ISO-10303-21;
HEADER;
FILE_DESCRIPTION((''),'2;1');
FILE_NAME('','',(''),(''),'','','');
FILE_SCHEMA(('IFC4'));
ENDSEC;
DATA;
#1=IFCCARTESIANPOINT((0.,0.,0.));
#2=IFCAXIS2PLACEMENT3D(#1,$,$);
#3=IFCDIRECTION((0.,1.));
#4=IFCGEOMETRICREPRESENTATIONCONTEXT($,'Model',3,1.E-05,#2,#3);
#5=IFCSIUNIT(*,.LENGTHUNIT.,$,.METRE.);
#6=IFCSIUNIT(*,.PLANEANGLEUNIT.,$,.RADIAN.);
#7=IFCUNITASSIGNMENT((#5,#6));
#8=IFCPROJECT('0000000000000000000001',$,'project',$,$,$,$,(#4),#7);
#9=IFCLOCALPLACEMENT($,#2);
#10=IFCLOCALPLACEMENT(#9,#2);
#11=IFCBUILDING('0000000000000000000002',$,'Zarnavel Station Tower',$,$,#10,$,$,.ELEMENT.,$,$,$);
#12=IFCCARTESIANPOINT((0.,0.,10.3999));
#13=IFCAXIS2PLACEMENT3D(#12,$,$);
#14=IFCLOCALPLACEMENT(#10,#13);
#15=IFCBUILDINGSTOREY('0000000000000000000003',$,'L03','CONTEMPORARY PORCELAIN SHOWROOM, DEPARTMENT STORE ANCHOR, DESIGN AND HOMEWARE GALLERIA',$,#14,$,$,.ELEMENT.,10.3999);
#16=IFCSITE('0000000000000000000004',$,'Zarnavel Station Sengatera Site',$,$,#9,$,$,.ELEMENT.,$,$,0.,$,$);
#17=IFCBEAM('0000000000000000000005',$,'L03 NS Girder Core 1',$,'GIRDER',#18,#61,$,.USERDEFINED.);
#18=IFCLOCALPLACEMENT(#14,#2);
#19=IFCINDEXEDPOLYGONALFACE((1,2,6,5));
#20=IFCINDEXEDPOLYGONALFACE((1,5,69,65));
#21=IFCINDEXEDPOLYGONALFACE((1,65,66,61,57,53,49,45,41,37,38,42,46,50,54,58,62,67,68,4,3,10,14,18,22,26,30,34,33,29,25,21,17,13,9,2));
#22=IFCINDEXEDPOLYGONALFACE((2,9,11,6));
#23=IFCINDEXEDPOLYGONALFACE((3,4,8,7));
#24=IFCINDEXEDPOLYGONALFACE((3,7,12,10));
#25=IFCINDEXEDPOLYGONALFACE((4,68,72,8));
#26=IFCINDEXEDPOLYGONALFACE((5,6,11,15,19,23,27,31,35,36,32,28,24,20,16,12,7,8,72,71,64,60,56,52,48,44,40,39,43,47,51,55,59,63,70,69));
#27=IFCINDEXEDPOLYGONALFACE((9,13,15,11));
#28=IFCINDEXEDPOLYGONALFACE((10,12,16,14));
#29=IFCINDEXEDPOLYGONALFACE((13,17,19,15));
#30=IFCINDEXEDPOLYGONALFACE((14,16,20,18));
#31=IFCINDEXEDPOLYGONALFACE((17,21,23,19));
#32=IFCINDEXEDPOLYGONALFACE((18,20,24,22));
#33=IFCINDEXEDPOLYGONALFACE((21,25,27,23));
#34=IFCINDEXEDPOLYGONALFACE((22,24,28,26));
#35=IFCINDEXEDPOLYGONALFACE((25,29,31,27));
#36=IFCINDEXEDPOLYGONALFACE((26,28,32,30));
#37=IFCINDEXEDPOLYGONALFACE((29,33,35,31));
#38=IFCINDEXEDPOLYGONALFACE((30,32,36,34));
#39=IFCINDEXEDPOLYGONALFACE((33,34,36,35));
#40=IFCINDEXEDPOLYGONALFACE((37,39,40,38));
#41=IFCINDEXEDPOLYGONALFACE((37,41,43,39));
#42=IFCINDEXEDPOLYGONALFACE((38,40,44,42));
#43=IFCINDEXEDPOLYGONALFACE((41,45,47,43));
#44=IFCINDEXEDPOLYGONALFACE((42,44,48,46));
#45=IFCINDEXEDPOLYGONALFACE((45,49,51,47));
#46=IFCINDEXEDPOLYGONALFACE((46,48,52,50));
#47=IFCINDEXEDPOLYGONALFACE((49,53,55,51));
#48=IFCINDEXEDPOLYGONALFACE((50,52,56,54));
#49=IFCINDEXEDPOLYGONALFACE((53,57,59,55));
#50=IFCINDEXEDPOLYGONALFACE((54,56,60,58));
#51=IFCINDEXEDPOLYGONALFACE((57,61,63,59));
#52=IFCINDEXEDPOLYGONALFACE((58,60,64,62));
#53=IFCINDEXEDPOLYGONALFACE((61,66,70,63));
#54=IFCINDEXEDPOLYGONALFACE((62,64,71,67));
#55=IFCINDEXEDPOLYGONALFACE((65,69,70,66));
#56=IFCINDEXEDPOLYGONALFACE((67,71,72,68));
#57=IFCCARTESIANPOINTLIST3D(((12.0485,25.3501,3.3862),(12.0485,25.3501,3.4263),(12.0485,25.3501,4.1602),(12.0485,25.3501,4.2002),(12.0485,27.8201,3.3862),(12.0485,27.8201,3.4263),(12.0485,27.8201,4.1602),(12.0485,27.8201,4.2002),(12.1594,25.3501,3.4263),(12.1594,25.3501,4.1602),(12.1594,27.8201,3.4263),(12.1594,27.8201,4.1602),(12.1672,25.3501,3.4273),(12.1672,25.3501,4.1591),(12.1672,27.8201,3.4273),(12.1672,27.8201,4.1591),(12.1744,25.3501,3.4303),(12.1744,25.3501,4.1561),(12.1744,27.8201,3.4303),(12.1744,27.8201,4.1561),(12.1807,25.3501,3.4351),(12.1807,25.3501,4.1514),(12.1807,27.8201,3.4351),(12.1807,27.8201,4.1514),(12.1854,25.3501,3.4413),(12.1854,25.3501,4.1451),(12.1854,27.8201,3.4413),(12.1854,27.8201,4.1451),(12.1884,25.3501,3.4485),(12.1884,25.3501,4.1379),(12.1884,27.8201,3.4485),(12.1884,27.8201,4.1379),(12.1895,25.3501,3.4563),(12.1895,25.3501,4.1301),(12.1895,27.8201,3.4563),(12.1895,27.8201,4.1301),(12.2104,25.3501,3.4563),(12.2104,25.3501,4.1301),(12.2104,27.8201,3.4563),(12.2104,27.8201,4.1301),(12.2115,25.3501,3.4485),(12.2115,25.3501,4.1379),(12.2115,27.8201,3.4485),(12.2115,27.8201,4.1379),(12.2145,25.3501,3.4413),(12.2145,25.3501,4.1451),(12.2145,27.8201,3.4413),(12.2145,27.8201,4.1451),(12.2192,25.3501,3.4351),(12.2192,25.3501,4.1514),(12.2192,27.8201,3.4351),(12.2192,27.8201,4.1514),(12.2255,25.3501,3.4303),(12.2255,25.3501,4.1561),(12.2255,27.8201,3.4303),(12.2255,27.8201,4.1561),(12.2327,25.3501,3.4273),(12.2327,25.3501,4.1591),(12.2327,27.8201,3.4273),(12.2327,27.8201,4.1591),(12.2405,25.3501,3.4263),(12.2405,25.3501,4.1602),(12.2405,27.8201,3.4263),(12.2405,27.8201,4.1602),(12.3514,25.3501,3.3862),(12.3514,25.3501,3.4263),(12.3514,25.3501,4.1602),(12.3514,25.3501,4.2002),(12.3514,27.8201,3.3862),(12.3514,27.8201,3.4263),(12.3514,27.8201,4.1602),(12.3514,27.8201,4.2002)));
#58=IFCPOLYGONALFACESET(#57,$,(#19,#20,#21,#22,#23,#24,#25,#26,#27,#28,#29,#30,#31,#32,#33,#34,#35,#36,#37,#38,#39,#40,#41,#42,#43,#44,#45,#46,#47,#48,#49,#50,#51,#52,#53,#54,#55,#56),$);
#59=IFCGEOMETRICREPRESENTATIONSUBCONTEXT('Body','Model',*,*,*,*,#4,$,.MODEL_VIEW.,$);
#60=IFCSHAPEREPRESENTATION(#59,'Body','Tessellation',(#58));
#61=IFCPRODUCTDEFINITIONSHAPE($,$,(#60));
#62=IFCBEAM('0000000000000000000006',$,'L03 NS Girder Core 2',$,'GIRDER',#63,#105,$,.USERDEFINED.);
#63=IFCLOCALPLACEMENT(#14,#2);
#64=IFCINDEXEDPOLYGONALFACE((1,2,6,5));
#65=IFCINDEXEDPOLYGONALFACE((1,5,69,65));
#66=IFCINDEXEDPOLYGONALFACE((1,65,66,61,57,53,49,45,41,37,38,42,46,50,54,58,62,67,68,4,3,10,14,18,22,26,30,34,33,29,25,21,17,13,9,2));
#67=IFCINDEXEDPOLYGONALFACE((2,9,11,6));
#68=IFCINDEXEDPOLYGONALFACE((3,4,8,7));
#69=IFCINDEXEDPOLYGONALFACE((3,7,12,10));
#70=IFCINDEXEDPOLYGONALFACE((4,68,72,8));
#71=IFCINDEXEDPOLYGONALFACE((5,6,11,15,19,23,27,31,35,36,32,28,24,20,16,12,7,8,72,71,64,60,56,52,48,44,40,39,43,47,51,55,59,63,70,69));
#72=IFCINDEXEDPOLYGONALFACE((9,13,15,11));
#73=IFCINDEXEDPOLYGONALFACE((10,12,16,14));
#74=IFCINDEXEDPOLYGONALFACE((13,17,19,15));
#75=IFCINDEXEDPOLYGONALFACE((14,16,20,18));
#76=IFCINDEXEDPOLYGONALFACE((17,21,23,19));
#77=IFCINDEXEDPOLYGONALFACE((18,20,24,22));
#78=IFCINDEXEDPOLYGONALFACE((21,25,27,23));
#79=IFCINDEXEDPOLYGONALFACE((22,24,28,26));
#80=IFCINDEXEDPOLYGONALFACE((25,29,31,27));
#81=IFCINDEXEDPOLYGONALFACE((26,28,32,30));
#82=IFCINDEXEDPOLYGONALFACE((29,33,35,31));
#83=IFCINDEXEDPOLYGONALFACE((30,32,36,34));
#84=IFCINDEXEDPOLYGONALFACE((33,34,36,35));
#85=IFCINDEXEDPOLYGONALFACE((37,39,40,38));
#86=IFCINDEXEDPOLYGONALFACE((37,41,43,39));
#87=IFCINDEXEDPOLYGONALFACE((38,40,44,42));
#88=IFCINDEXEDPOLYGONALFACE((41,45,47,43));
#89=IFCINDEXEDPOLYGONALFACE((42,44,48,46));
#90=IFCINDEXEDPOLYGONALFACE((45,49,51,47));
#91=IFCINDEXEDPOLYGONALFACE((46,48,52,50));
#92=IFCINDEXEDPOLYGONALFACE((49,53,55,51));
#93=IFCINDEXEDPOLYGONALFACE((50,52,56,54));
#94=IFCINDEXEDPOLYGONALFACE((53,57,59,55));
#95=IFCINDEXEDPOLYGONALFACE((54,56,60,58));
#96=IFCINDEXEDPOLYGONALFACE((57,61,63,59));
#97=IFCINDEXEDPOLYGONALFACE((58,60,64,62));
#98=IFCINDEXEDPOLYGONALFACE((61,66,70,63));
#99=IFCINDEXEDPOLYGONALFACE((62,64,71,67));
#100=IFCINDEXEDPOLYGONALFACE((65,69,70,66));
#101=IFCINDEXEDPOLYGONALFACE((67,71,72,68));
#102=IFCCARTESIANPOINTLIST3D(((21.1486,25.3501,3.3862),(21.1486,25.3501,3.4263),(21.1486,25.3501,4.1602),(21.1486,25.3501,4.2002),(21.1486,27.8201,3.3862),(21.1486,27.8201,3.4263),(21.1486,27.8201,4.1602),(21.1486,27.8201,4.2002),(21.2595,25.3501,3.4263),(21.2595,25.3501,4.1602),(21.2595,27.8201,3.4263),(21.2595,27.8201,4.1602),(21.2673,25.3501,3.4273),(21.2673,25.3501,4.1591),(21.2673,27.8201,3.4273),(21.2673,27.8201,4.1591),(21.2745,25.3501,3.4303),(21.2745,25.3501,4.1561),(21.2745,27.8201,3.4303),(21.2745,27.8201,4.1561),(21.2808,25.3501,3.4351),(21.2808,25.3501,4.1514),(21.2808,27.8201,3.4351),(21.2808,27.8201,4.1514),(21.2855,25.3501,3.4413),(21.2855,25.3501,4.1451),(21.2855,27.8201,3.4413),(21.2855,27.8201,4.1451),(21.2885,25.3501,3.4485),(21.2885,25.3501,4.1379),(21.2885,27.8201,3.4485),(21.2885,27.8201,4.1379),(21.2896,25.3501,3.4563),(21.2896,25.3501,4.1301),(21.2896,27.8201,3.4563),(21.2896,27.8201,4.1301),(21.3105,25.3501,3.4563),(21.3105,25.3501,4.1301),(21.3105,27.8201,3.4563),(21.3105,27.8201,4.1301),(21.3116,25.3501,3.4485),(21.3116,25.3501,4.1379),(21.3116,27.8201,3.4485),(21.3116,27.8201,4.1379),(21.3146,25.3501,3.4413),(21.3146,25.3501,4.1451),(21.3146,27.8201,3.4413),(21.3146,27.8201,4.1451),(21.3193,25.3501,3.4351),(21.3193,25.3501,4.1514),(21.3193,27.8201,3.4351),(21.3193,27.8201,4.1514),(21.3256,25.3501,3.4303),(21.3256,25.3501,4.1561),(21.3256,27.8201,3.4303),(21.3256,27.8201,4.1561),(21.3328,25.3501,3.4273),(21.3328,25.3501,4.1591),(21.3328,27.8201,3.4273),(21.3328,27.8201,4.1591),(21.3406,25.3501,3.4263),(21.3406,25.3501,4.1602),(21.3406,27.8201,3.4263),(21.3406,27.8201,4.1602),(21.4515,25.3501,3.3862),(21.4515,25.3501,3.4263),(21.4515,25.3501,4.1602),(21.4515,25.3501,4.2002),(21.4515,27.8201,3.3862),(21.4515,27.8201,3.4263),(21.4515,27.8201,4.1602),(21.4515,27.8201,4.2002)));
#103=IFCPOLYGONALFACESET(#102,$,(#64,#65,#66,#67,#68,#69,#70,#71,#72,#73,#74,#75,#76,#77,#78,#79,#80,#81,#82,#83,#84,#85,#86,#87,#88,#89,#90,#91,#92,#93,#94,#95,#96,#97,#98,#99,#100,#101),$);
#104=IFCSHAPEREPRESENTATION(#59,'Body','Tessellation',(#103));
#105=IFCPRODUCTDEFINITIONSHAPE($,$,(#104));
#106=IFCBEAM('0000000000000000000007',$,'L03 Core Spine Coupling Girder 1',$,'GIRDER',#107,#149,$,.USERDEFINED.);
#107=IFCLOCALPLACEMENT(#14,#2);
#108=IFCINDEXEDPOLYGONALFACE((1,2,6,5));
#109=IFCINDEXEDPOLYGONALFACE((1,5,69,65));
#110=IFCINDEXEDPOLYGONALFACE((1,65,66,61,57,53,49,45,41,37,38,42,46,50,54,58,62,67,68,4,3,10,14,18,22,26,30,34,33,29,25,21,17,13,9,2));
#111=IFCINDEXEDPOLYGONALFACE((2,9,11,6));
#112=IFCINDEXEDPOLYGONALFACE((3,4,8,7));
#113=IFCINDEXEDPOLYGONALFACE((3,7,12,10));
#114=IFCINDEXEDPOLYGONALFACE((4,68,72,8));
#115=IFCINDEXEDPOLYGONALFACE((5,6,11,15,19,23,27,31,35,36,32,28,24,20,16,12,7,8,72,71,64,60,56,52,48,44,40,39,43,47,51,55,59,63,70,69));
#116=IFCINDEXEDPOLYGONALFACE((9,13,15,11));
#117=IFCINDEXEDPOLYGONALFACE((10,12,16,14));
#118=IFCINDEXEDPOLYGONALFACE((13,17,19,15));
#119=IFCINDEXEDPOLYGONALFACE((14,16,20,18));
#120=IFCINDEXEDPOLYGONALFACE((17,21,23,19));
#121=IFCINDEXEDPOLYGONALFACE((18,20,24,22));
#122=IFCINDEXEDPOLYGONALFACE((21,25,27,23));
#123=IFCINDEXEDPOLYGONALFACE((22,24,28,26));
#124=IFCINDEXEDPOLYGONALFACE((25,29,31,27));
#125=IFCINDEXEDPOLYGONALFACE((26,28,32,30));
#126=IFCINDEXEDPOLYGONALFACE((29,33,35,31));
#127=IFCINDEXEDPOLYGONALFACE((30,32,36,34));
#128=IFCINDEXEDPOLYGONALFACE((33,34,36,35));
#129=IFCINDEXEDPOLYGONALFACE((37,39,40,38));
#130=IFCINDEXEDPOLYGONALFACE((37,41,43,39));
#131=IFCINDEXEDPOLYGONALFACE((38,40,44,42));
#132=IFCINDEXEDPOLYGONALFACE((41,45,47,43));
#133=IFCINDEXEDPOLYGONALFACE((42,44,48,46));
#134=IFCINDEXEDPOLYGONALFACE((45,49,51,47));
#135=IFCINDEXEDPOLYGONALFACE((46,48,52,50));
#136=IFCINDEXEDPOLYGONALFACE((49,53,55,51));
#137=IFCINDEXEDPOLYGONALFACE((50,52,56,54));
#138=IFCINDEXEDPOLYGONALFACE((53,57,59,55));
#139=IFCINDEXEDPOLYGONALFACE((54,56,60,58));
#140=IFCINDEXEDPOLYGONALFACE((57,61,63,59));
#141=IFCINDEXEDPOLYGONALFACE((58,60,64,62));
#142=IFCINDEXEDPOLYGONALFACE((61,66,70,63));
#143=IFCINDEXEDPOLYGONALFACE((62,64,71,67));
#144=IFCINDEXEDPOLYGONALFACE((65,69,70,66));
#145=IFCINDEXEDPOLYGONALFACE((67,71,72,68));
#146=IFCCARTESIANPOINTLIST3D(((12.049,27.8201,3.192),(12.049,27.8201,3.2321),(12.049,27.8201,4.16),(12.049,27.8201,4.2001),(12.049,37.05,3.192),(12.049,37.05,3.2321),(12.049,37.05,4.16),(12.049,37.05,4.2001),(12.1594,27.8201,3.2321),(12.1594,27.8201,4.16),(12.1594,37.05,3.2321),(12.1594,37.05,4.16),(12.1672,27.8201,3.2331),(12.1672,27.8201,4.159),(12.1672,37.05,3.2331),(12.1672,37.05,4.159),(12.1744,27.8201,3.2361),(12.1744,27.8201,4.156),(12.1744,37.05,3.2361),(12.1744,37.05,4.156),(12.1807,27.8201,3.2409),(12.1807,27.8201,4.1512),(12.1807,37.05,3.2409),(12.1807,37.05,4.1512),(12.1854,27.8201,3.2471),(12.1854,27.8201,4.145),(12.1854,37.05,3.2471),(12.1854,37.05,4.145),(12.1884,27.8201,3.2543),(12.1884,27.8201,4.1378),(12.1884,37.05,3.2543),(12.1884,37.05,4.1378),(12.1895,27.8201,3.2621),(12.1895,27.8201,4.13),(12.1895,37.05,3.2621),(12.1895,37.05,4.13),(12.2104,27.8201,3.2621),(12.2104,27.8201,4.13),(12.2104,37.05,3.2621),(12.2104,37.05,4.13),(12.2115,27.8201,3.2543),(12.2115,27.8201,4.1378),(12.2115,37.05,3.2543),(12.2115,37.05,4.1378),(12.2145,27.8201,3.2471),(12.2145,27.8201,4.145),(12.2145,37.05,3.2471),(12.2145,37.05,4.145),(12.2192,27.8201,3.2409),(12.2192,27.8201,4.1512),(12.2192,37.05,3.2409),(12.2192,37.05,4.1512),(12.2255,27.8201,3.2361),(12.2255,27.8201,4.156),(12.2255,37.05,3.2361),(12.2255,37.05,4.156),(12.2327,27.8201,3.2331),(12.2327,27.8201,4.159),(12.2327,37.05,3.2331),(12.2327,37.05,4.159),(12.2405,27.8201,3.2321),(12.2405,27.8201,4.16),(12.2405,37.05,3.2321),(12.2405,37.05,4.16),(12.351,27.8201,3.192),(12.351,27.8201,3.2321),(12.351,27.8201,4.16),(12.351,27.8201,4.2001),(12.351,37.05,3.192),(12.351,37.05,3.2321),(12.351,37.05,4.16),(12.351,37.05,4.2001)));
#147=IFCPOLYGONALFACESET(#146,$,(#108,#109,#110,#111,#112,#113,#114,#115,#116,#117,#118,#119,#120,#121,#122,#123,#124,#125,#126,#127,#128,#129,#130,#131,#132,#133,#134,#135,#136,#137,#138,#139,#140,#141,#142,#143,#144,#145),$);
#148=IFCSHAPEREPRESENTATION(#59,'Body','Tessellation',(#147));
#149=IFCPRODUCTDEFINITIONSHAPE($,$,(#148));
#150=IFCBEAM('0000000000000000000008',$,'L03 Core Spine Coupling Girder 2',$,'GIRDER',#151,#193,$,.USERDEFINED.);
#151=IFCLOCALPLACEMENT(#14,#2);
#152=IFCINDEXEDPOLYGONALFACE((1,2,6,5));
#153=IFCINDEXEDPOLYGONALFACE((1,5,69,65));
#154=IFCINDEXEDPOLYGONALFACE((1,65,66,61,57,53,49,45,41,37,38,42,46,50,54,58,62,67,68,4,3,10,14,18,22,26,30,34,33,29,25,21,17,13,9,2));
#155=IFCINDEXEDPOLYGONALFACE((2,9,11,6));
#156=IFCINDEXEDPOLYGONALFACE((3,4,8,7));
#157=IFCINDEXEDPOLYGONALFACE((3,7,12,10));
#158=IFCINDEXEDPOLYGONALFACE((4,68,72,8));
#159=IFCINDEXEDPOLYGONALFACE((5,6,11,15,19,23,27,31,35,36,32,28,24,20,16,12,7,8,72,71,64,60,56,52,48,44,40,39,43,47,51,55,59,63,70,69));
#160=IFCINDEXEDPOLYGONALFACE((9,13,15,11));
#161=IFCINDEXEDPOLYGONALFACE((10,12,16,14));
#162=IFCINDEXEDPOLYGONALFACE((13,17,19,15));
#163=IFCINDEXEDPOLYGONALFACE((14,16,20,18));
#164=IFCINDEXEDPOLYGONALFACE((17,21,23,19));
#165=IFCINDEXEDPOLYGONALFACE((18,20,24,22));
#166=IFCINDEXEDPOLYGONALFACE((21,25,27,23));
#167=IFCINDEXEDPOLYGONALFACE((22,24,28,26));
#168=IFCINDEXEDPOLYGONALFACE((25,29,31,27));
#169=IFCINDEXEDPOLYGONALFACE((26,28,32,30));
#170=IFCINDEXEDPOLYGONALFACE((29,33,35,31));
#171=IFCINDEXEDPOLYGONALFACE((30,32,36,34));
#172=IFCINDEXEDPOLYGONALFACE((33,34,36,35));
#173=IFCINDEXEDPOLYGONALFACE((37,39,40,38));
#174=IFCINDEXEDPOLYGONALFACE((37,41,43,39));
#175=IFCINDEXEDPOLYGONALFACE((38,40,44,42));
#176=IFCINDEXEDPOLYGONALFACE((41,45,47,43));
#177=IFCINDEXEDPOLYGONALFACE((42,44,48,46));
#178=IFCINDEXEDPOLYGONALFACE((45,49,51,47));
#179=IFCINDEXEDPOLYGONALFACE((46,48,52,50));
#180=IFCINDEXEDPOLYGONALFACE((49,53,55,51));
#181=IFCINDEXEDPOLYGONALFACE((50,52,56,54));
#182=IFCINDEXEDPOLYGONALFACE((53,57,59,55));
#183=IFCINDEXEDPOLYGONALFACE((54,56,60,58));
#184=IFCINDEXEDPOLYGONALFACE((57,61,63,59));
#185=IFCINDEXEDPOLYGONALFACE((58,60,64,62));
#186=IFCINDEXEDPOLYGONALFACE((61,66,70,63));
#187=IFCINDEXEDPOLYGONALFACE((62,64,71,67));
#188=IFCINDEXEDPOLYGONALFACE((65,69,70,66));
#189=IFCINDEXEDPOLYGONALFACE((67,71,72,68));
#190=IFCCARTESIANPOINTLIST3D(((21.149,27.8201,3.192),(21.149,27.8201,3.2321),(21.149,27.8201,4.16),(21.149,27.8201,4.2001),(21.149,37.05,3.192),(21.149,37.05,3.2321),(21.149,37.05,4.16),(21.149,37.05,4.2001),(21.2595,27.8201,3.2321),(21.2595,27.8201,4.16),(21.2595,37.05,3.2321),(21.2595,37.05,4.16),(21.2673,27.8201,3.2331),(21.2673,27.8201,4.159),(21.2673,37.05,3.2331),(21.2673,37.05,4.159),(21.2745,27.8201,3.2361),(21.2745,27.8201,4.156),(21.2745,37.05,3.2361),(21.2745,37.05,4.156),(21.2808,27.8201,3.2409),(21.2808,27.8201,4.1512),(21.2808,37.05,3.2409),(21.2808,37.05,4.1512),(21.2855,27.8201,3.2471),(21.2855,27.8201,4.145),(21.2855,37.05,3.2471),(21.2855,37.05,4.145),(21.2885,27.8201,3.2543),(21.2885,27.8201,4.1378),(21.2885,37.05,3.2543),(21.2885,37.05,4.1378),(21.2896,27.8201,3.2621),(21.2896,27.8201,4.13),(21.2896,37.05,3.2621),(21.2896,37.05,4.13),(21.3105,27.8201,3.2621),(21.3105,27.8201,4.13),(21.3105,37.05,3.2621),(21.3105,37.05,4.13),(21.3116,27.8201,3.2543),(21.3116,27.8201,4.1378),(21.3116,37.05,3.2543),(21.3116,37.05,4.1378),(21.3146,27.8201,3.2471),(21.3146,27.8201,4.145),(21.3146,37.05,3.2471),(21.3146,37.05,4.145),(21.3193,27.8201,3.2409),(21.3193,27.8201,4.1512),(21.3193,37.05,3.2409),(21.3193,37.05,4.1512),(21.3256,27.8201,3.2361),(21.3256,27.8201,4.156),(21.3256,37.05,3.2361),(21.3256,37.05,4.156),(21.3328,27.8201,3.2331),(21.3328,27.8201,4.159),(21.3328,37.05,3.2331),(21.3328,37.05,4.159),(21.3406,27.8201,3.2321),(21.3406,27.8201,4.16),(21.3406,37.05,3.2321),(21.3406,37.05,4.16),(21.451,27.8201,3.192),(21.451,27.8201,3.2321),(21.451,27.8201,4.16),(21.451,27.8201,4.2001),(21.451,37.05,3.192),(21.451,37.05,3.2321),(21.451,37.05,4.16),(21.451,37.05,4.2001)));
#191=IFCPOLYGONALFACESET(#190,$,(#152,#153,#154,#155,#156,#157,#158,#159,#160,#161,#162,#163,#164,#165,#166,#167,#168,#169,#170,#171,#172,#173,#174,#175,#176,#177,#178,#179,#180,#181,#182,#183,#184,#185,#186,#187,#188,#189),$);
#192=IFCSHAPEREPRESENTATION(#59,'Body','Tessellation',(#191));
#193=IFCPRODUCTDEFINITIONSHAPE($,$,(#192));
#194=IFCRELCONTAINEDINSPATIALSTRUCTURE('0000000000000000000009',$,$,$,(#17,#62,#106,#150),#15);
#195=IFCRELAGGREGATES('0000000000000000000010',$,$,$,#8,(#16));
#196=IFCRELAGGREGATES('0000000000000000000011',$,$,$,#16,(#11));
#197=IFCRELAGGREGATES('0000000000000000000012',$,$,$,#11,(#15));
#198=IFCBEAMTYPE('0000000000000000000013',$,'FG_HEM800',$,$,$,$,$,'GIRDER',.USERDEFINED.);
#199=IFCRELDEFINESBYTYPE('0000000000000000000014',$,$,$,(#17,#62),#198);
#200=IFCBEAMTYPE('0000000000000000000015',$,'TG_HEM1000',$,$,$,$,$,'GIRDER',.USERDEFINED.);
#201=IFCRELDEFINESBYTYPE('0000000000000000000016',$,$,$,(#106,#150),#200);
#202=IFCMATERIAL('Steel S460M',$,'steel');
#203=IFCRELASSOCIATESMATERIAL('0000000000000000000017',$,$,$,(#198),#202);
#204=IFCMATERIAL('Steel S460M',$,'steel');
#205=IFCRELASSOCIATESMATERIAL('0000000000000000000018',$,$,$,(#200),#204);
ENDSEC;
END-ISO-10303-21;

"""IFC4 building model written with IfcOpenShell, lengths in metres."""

from ifc_helpers import new_model, si_unit, direction, frame, origin, origin_2d, place, context, subcontext, project, spatial, i_section, extrude, material, material_profile, profile_set, type_object, element, save


model = new_model("IFC4")

# Units and contexts
model_context = context("Model", 3, precision=1e-05, world=origin(), true_north=direction((0.0, 1.0)))
body_context = subcontext(model_context, "Body", "Model", "MODEL_VIEW")
ifc_project = project(units=[si_unit("LENGTHUNIT", "METRE"), si_unit("PLANEANGLEUNIT", "RADIAN")], contexts=[model_context])

# Site, building, storey
site_placement = place(None, origin())
site = spatial("IfcSite", under=ifc_project, at=site_placement, Name="Zarnavel Station Sengatera Site", CompositionType="ELEMENT", RefElevation=0.0)
building_placement = place(site_placement, origin())
building = spatial("IfcBuilding", under=site, at=building_placement, Name="Zarnavel Station Tower", CompositionType="ELEMENT")
storey_placement = place(building_placement, frame((0.0, 0.0, 10.3999)))
storey = spatial("IfcBuildingStorey", under=building, at=storey_placement, Name="L03", Description="CONTEMPORARY PORCELAIN SHOWROOM, DEPARTMENT STORE ANCHOR, DESIGN AND HOMEWARE GALLERIA", CompositionType="ELEMENT", Elevation=10.3999)

# Beams
ifc_material_1 = material(Name="Steel S460M", Category="steel")
ifc_material_profile_1 = material_profile(ifc_material_1, i_section(OverallWidth=0.303, OverallDepth=0.814, WebThickness=0.021, FlangeThickness=0.04, FilletRadius=0.03, at=origin_2d()), Name="HEM800")
ifc_profile_set_1 = profile_set([ifc_material_profile_1], Name="Steel S460M")
beam_type_1 = type_object("IfcBeamType", Name="FG_HEM800", ElementType="GIRDER", PredefinedType="USERDEFINED", material=ifc_profile_set_1)
for number, where, z_axis, x_axis, name in (
    (1, (12.2, 25.3501, 3.7932), (0.0, 1.0, 0.0), (-1.0, 0.0, 0.0), "L03 NS Girder Core 1"),
    (2, (21.3, 25.3501, 3.7932), (0.0, 1.0, 0.0), (-1.0, 0.0, 0.0), "L03 NS Girder Core 2"),
):
    element("IfcBeam", number, at=place(storey_placement, frame(where, z_axis=z_axis, x_axis=x_axis)), inside=storey, type_object=beam_type_1, Name=name, ObjectType="GIRDER", PredefinedType="USERDEFINED", context=body_context, shape_type="SweptSolid", body=[
        extrude(i_section(OverallWidth=0.303, OverallDepth=0.814, WebThickness=0.021, FlangeThickness=0.04, FilletRadius=0.03, at=origin_2d()), origin(), (0.0, 0.0, 1.0), 2.47),
    ])
ifc_material_2 = material(Name="Steel S460M", Category="steel")
ifc_material_profile_2 = material_profile(ifc_material_2, i_section(OverallWidth=0.302, OverallDepth=1.0081, WebThickness=0.021, FlangeThickness=0.04, FilletRadius=0.03, at=origin_2d()), Name="HEM1000")
ifc_profile_set_2 = profile_set([ifc_material_profile_2], Name="Steel S460M")
beam_type_2 = type_object("IfcBeamType", Name="TG_HEM1000", ElementType="GIRDER", PredefinedType="USERDEFINED", material=ifc_profile_set_2)
for number, where, z_axis, x_axis, name in (
    (3, (12.2, 27.8201, 3.696), (0.0, 1.0, 0.0), (-1.0, 0.0, 0.0), "L03 Core Spine Coupling Girder 1"),
    (4, (21.3, 27.8201, 3.696), (0.0, 1.0, 0.0), (-1.0, 0.0, 0.0), "L03 Core Spine Coupling Girder 2"),
):
    element("IfcBeam", number, at=place(storey_placement, frame(where, z_axis=z_axis, x_axis=x_axis)), inside=storey, type_object=beam_type_2, Name=name, ObjectType="GIRDER", PredefinedType="USERDEFINED", context=body_context, shape_type="SweptSolid", body=[
        extrude(i_section(OverallWidth=0.302, OverallDepth=1.0081, WebThickness=0.021, FlangeThickness=0.04, FilletRadius=0.03, at=origin_2d()), origin(), (0.0, 0.0, 1.0), 9.23),
    ])

save(model, "model.ifc")
